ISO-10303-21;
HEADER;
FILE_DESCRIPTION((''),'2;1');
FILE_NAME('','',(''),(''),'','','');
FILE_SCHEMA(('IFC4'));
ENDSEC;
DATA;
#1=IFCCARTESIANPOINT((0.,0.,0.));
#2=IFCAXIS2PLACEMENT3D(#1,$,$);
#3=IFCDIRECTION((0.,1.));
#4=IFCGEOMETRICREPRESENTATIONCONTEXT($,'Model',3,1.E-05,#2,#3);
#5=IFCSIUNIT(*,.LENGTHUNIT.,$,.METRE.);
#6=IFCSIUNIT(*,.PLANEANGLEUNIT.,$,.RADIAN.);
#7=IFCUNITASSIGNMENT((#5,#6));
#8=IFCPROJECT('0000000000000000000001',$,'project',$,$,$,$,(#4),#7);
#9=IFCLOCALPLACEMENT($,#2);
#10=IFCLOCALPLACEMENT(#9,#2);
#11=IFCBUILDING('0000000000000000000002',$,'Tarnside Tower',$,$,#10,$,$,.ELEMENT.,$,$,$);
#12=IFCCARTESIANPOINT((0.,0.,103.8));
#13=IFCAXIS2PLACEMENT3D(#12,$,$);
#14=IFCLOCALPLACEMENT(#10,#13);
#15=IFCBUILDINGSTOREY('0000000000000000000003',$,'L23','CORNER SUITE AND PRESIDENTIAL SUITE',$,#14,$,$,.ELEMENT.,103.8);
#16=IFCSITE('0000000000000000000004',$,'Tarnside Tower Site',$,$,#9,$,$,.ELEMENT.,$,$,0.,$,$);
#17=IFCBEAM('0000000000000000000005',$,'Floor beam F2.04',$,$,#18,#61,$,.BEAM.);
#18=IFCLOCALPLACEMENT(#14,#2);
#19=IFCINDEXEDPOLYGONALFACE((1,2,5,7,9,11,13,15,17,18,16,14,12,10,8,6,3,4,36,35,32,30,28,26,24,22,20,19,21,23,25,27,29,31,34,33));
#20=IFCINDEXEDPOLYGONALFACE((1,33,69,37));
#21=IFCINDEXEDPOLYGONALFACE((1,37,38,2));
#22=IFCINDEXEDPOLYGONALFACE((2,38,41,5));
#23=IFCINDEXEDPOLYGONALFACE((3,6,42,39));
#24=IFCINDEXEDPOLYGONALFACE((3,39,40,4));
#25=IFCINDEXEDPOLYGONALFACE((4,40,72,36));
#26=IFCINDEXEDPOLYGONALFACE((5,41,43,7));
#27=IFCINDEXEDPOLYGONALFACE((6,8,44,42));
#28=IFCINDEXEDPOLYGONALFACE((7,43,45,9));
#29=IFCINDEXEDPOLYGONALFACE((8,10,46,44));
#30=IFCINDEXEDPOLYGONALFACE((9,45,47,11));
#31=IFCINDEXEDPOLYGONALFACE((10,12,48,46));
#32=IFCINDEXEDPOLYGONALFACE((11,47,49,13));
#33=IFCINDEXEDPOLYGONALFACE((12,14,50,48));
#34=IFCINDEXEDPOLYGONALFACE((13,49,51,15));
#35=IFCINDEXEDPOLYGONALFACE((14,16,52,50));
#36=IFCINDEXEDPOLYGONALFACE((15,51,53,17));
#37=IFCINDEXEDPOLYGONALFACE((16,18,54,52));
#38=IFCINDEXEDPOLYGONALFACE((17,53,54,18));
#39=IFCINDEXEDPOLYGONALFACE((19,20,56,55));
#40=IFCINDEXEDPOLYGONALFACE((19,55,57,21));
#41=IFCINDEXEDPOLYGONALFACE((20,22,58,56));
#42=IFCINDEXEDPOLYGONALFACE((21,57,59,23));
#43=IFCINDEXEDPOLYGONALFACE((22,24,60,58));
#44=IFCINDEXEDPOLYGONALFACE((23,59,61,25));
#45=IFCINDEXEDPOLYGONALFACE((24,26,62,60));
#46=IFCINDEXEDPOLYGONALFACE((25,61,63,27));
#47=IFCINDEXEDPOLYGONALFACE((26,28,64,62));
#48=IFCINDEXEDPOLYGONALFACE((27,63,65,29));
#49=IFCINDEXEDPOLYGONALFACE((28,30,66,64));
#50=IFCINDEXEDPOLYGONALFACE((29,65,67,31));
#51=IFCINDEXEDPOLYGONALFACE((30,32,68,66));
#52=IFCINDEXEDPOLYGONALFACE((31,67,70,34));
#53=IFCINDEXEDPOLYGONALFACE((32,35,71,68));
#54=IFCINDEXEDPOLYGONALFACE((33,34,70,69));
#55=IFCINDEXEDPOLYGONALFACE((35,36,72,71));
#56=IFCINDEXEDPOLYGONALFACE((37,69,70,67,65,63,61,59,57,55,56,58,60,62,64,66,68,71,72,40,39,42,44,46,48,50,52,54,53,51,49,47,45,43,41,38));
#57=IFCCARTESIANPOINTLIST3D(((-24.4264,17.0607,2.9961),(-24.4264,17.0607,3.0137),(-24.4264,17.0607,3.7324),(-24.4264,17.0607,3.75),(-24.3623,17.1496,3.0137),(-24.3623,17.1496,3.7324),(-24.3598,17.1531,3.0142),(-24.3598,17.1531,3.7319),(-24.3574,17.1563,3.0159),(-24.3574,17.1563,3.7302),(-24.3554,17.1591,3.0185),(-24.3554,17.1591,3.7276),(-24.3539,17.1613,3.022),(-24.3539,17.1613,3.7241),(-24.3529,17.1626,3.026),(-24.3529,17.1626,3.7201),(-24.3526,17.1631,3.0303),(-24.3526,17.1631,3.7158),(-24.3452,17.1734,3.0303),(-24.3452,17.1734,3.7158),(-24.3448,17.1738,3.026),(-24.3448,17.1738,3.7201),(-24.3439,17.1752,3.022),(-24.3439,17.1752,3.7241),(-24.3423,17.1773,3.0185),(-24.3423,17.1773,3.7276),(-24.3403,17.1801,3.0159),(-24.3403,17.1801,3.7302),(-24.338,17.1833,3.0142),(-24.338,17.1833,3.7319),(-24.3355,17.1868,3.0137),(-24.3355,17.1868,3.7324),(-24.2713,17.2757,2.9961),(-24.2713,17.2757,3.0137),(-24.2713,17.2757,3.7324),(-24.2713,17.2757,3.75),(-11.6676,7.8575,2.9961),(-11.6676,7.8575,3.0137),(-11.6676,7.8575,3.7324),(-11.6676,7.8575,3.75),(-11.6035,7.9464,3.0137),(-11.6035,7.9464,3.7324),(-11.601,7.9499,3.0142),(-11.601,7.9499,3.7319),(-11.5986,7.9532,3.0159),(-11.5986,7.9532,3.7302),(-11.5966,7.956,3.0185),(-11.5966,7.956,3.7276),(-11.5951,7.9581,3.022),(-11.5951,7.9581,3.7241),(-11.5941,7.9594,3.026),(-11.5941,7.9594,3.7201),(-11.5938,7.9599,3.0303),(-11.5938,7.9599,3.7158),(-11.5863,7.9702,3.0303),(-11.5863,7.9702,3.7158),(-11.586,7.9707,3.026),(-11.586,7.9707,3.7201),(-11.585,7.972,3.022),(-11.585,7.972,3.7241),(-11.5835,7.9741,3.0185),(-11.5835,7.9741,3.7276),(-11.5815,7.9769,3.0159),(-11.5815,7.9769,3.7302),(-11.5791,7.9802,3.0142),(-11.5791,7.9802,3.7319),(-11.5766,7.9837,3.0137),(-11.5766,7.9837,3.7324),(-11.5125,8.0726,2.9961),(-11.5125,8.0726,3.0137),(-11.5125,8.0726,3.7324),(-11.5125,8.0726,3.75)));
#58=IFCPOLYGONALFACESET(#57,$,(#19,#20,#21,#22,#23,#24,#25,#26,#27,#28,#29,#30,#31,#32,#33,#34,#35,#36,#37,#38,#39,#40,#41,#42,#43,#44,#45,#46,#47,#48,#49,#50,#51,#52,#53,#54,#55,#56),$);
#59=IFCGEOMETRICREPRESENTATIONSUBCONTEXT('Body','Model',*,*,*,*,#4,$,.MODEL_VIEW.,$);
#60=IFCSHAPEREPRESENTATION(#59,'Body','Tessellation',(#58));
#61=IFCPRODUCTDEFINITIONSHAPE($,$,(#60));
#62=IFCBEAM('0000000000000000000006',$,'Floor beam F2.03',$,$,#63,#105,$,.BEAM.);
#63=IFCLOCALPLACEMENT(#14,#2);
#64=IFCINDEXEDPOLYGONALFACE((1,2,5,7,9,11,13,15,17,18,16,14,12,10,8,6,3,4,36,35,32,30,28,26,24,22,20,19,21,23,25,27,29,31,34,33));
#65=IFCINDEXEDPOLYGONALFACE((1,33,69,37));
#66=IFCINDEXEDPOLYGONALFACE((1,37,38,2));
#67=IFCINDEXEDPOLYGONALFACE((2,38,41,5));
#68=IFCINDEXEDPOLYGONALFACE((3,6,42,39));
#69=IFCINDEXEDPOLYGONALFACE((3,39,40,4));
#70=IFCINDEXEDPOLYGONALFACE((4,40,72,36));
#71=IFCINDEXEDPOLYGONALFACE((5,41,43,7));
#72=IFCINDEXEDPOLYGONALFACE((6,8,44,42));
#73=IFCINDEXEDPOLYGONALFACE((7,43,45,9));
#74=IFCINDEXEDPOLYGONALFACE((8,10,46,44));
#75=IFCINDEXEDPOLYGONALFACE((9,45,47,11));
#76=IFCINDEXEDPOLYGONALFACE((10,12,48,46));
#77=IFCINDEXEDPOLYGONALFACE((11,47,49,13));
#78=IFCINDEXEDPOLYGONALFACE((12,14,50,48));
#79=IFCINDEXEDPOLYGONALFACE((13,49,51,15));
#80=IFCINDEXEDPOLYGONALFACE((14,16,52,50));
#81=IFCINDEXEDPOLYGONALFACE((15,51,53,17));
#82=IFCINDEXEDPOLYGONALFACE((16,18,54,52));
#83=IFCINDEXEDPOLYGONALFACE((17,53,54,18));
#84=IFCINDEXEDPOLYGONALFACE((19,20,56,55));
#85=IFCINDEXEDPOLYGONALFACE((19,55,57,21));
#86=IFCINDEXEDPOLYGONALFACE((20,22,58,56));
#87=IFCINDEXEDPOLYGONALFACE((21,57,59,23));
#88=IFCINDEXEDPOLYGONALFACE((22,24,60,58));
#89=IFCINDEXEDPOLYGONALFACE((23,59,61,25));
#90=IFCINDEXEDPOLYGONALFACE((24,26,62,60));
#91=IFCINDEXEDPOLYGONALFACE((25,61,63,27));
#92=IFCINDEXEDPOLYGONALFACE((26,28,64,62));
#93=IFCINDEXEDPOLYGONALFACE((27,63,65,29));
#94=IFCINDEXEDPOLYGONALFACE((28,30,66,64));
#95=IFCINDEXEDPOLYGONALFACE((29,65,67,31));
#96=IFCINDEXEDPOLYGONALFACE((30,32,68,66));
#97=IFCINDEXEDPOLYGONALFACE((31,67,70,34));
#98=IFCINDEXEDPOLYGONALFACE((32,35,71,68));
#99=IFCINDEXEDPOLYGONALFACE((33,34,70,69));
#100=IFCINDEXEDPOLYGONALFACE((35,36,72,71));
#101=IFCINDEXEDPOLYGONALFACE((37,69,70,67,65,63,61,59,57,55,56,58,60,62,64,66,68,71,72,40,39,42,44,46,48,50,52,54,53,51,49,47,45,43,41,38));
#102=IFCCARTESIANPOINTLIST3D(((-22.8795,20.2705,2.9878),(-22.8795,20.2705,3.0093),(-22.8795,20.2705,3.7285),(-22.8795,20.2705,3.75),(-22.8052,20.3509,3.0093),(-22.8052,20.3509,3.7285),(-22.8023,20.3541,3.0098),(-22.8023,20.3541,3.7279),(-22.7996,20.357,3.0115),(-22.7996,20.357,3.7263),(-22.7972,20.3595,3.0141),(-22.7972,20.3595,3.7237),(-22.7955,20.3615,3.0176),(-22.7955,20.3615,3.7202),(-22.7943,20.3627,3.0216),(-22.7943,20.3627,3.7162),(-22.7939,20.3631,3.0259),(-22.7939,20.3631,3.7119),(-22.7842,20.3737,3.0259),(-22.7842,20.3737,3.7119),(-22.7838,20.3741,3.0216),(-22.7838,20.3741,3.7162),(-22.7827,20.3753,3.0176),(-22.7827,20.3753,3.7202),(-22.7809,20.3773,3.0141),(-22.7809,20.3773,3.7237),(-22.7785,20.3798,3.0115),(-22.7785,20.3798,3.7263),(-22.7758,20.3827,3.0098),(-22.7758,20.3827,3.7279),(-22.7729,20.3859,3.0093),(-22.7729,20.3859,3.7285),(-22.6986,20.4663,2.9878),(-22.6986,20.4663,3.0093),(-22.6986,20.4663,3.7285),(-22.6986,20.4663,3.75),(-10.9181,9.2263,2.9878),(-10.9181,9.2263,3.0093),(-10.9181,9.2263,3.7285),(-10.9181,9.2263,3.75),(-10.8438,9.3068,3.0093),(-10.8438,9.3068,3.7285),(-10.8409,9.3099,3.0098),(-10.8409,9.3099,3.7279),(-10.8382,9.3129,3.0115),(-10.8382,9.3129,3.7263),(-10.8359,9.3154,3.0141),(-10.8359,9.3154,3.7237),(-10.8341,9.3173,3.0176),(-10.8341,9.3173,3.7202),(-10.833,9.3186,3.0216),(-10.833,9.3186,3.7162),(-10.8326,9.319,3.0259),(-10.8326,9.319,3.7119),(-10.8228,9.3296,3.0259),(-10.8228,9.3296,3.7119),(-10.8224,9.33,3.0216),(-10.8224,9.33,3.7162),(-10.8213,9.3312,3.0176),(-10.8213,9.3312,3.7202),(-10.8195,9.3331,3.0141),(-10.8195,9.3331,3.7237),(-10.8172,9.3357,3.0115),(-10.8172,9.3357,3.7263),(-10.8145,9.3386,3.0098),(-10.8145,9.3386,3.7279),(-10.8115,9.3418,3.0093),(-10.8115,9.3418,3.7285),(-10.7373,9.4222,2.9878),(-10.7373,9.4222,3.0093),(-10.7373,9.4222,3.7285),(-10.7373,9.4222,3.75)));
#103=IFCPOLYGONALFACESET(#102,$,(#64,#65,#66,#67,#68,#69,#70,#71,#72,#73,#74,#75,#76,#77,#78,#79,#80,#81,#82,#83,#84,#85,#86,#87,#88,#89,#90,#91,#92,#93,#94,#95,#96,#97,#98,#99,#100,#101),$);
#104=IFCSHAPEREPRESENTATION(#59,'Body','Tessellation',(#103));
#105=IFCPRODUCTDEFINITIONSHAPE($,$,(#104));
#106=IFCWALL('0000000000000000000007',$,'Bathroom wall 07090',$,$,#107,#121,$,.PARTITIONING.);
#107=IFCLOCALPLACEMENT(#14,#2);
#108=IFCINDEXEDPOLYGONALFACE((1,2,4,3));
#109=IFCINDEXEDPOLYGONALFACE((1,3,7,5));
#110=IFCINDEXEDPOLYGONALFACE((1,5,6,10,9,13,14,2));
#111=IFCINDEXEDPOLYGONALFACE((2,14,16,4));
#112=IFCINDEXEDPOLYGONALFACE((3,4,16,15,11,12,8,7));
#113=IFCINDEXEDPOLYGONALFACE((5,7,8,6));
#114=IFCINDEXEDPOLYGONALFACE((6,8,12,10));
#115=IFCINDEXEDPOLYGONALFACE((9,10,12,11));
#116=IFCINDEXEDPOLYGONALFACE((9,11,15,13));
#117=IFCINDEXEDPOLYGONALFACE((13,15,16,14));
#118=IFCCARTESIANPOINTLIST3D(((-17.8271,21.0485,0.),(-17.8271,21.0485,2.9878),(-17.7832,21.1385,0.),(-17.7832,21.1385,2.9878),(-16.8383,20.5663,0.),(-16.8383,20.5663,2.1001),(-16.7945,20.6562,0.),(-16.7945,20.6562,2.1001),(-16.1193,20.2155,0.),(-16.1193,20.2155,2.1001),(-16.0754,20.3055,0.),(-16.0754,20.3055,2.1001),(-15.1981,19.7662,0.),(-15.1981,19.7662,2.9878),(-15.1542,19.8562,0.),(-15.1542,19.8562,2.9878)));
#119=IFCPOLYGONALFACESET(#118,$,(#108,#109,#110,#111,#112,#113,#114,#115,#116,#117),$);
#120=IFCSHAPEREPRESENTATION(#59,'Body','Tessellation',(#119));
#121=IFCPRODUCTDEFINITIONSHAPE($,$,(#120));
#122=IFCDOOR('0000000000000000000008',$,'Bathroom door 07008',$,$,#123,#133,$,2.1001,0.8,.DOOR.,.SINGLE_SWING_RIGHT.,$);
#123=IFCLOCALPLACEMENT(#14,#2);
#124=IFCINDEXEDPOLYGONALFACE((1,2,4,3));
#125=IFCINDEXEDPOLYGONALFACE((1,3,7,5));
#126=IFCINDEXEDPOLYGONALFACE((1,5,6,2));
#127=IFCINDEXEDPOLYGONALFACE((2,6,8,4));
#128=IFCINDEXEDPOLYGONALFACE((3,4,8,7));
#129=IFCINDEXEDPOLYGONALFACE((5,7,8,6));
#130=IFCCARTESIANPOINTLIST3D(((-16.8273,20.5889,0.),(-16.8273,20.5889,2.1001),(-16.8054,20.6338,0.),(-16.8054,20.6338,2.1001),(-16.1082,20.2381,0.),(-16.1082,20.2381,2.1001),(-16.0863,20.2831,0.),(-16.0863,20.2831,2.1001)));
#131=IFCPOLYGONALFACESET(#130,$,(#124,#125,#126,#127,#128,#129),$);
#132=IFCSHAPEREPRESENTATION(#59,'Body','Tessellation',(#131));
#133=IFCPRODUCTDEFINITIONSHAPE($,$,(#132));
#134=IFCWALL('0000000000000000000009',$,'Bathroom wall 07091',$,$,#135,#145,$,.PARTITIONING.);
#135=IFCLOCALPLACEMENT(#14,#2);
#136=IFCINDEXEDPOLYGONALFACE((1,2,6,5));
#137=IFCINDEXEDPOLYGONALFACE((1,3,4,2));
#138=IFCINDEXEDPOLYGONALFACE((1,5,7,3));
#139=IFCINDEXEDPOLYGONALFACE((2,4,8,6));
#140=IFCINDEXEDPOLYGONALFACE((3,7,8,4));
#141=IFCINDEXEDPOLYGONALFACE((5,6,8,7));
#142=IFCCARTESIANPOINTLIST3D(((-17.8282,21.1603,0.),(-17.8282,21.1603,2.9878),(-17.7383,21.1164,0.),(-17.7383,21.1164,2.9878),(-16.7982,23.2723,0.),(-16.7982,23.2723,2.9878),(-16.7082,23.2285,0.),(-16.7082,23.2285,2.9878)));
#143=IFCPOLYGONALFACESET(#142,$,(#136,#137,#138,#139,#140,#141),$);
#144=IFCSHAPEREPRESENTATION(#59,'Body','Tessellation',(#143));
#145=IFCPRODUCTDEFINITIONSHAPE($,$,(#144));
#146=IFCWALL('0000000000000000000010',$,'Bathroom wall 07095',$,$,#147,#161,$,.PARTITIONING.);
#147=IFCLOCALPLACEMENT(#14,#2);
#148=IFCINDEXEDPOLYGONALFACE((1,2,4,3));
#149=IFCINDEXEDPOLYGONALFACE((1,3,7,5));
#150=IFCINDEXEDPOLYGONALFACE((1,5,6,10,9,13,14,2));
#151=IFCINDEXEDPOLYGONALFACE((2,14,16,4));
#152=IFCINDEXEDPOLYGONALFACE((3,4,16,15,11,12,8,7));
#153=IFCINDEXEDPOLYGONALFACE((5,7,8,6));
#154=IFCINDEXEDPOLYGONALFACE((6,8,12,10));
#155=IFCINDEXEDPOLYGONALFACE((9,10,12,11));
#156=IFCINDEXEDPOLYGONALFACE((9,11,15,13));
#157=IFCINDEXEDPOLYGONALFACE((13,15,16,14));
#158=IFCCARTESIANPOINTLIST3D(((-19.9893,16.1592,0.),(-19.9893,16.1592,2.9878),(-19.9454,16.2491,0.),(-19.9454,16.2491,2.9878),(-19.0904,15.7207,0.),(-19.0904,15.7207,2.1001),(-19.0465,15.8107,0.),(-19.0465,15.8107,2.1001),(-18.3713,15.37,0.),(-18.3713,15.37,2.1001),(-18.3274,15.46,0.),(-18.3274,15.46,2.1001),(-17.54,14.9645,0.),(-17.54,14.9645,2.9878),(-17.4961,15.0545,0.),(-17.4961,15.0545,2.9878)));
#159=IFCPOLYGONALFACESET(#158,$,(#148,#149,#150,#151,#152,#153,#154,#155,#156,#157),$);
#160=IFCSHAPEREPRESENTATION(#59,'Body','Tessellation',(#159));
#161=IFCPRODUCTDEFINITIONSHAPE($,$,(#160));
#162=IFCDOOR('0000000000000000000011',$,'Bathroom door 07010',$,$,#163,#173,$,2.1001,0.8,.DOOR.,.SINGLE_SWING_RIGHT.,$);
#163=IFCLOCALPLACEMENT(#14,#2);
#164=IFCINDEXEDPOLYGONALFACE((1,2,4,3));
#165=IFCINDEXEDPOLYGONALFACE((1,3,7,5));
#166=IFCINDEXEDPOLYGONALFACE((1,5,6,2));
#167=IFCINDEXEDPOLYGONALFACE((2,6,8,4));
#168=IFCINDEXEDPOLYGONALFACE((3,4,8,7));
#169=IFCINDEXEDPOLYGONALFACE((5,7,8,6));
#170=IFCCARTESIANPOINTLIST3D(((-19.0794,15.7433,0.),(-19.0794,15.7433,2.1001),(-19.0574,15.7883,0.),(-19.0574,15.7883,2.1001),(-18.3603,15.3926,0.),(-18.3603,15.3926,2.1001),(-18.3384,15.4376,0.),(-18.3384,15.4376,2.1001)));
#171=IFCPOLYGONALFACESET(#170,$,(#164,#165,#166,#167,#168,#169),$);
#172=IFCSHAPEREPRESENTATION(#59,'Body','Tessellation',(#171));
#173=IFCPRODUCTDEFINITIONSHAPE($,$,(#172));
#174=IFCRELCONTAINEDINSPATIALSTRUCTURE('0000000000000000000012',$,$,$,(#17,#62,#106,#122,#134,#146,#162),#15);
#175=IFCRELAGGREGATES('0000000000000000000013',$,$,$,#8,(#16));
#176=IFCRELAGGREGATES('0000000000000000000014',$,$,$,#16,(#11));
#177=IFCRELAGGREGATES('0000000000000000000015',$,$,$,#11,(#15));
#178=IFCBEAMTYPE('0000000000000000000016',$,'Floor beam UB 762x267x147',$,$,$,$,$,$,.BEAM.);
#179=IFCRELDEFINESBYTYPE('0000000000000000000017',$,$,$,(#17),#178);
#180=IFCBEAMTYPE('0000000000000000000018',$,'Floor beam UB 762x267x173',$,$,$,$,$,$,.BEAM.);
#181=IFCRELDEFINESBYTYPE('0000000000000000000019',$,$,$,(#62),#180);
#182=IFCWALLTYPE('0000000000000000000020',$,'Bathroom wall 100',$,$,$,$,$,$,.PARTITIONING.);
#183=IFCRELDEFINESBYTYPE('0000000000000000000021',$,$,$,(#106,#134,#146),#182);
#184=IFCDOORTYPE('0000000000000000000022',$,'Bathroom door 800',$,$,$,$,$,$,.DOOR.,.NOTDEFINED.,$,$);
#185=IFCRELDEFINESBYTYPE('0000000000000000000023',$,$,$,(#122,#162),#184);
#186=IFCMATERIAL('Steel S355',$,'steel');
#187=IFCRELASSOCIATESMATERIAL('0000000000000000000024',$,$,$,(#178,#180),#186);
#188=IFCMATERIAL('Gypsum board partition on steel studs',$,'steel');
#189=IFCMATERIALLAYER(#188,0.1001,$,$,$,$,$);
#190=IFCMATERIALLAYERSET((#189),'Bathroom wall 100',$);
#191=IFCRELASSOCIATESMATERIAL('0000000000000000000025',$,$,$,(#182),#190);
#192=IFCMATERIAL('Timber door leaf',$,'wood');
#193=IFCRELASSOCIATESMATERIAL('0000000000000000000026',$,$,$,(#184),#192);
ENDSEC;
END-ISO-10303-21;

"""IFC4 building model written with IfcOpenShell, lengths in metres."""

from ifc_helpers import new_model, si_unit, direction, frame, frame_2d, origin, origin_2d, place, context, subcontext, project, spatial, rectangle, i_section, extrude, material, layer, layer_set, material_profile, profile_set, type_object, element, fill, save


model = new_model("IFC4")

# Units and contexts
model_context = context("Model", 3, precision=1e-05, world=origin(), true_north=direction((0.0, 1.0)))
body_context = subcontext(model_context, "Body", "Model", "MODEL_VIEW")
ifc_project = project(units=[si_unit("LENGTHUNIT", "METRE"), si_unit("PLANEANGLEUNIT", "RADIAN")], contexts=[model_context])

# Site, building, storey
site_placement = place(None, origin())
site = spatial("IfcSite", under=ifc_project, at=site_placement, Name="Tarnside Tower Site", CompositionType="ELEMENT", RefElevation=0.0)
building_placement = place(site_placement, origin())
building = spatial("IfcBuilding", under=site, at=building_placement, Name="Tarnside Tower", CompositionType="ELEMENT")
storey_placement = place(building_placement, frame((0.0, 0.0, 103.8)))
storey = spatial("IfcBuildingStorey", under=building, at=storey_placement, Name="L23", Description="CORNER SUITE AND PRESIDENTIAL SUITE", CompositionType="ELEMENT", Elevation=103.8)

# Beams
ifc_material_1 = material(Name="Steel S355", Category="steel")
ifc_material_profile_1 = material_profile(ifc_material_1, i_section(OverallWidth=0.2651, OverallDepth=0.7539, WebThickness=0.0127, FlangeThickness=0.0176, FilletRadius=0.0166, at=origin_2d()), Name="UB 762x267x147")
ifc_profile_set_1 = profile_set([ifc_material_profile_1], Name="Steel S355")
beam_type_1 = type_object("IfcBeamType", Name="Floor beam UB 762x267x147", PredefinedType="BEAM", material=ifc_profile_set_1)
beam_1_placement = place(storey_placement, frame((-24.3489, 17.1682, 3.373), z_axis=(0.811028, -0.585008, 0.0), x_axis=(0.585008, 0.811028, 0.0)))
element("IfcBeam", 1, at=beam_1_placement, inside=storey, type_object=beam_type_1, Name="Floor beam F2.04", PredefinedType="BEAM", context=body_context, shape_type="SweptSolid", body=[
    extrude(i_section(OverallWidth=0.2651, OverallDepth=0.7539, WebThickness=0.0127, FlangeThickness=0.0176, FilletRadius=0.0166, at=origin_2d()), origin(), (0.0, 0.0, 1.0), 15.7317),
])
ifc_material_profile_2 = material_profile(ifc_material_1, i_section(OverallWidth=0.2666, OverallDepth=0.7622, WebThickness=0.0144, FlangeThickness=0.0215, FilletRadius=0.0166, at=origin_2d()), Name="UB 762x267x173")
ifc_profile_set_2 = profile_set([ifc_material_profile_2], Name="Steel S355")
beam_type_2 = type_object("IfcBeamType", Name="Floor beam UB 762x267x173", PredefinedType="BEAM", material=ifc_profile_set_2)
beam_2_placement = place(storey_placement, frame((-22.7891, 20.3684, 3.3689), z_axis=(0.734715, -0.678375, 0.0), x_axis=(0.678375, 0.734715, 0.0)))
element("IfcBeam", 2, at=beam_2_placement, inside=storey, type_object=beam_type_2, Name="Floor beam F2.03", PredefinedType="BEAM", context=body_context, shape_type="SweptSolid", body=[
    extrude(i_section(OverallWidth=0.2666, OverallDepth=0.7622, WebThickness=0.0144, FlangeThickness=0.0215, FilletRadius=0.0166, at=origin_2d()), origin(), (0.0, 0.0, 1.0), 16.2803),
])

# Wall, opening, door
ifc_material_2 = material(Name="Gypsum board partition on steel studs", Category="steel")
ifc_layer_1 = layer(ifc_material_2, 0.1001)
ifc_layer_set_1 = layer_set([ifc_layer_1], Name="Bathroom wall 100")
wall_type_1 = type_object("IfcWallType", Name="Bathroom wall 100", PredefinedType="PARTITIONING", material=ifc_layer_set_1)
wall_1_placement = place(storey_placement, frame((-15.1763, 19.8113, 0.0), z_axis=(0.0, 0.0, 1.0), x_axis=(-0.898791, 0.438378, 0.0)))
wall_1 = element("IfcWall", 3, at=wall_1_placement, inside=storey, type_object=wall_type_1, Name="Bathroom wall 07090", PredefinedType="PARTITIONING", context=body_context, shape_type="SweptSolid", body=[
    extrude(rectangle(XDim=2.925, YDim=0.1001, at=frame_2d((1.4624, 0.0))), origin(), (0.0, 0.0, 1.0), 2.9878),
])
opening_1_placement = place(wall_1_placement, frame((1.0249, 0.0, 0.0)))
opening_1 = element("IfcOpeningElement", 4, at=opening_1_placement, cuts=wall_1, PredefinedType="OPENING", context=body_context, shape_type="SweptSolid", body=[
    extrude(rectangle(XDim=0.8, YDim=2.1001, at=frame_2d((0.3999, 1.05))), frame((0.0, 0.0601, 0.0), z_axis=(0.0, -1.0, 0.0), x_axis=(1.0, 0.0, 0.0)), (0.0, 0.0, 1.0), 0.1201),
])
ifc_material_3 = material(Name="Timber door leaf", Category="wood")
door_type_1 = type_object("IfcDoorType", Name="Bathroom door 800", OperationType="NOTDEFINED", PredefinedType="DOOR", material=ifc_material_3)
door_1_placement = place(opening_1_placement, origin())
door_1 = element("IfcDoor", 5, at=door_1_placement, inside=storey, type_object=door_type_1, Name="Bathroom door 07008", OperationType="SINGLE_SWING_RIGHT", OverallHeight=2.1001, OverallWidth=0.8, PredefinedType="DOOR", context=body_context, shape_type="SweptSolid", body=[
    extrude(rectangle(XDim=0.8, YDim=2.1001, at=frame_2d((0.3999, 1.05))), frame((0.0, 0.0249, 0.0), z_axis=(0.0, -1.0, 0.0), x_axis=(1.0, 0.0, 0.0)), (0.0, 0.0, 1.0), 0.05),
])
fill(opening_1, door_1)

# Wall
wall_2_placement = place(storey_placement, frame((-17.7832, 21.1384, 0.0), z_axis=(0.0, 0.0, 1.0), x_axis=(0.43834, 0.898809, 0.0)))
element("IfcWall", 6, at=wall_2_placement, inside=storey, type_object=wall_type_1, Name="Bathroom wall 07091", PredefinedType="PARTITIONING", context=body_context, shape_type="SweptSolid", body=[
    extrude(rectangle(XDim=2.3499, YDim=0.1001, at=frame_2d((1.1748, 0.0))), origin(), (0.0, 0.0, 1.0), 2.9878),
])

# Wall, opening, door
wall_3_placement = place(storey_placement, frame((-17.5181, 15.0095, 0.0), z_axis=(0.0, 0.0, 1.0), x_axis=(-0.898792, 0.438376, 0.0)))
wall_3 = element("IfcWall", 7, at=wall_3_placement, inside=storey, type_object=wall_type_1, Name="Bathroom wall 07095", PredefinedType="PARTITIONING", context=body_context, shape_type="SweptSolid", body=[
    extrude(rectangle(XDim=2.7251, YDim=0.1001, at=frame_2d((1.3625, 0.0))), origin(), (0.0, 0.0, 1.0), 2.9878),
])
opening_2_placement = place(wall_3_placement, frame((0.925, 0.0, 0.0)))
opening_2 = element("IfcOpeningElement", 8, at=opening_2_placement, cuts=wall_3, PredefinedType="OPENING", context=body_context, shape_type="SweptSolid", body=[
    extrude(rectangle(XDim=0.8, YDim=2.1001, at=frame_2d((0.3999, 1.05))), frame((0.0, 0.0601, 0.0), z_axis=(0.0, -1.0, 0.0), x_axis=(1.0, 0.0, 0.0)), (0.0, 0.0, 1.0), 0.1201),
])
door_2_placement = place(opening_2_placement, origin())
door_2 = element("IfcDoor", 9, at=door_2_placement, inside=storey, type_object=door_type_1, Name="Bathroom door 07010", OperationType="SINGLE_SWING_RIGHT", OverallHeight=2.1001, OverallWidth=0.8, PredefinedType="DOOR", context=body_context, shape_type="SweptSolid", body=[
    extrude(rectangle(XDim=0.8, YDim=2.1001, at=frame_2d((0.3999, 1.05))), frame((0.0, 0.0249, 0.0), z_axis=(0.0, -1.0, 0.0), x_axis=(1.0, 0.0, 0.0)), (0.0, 0.0, 1.0), 0.05),
])
fill(opening_2, door_2)

save(model, "model.ifc")
